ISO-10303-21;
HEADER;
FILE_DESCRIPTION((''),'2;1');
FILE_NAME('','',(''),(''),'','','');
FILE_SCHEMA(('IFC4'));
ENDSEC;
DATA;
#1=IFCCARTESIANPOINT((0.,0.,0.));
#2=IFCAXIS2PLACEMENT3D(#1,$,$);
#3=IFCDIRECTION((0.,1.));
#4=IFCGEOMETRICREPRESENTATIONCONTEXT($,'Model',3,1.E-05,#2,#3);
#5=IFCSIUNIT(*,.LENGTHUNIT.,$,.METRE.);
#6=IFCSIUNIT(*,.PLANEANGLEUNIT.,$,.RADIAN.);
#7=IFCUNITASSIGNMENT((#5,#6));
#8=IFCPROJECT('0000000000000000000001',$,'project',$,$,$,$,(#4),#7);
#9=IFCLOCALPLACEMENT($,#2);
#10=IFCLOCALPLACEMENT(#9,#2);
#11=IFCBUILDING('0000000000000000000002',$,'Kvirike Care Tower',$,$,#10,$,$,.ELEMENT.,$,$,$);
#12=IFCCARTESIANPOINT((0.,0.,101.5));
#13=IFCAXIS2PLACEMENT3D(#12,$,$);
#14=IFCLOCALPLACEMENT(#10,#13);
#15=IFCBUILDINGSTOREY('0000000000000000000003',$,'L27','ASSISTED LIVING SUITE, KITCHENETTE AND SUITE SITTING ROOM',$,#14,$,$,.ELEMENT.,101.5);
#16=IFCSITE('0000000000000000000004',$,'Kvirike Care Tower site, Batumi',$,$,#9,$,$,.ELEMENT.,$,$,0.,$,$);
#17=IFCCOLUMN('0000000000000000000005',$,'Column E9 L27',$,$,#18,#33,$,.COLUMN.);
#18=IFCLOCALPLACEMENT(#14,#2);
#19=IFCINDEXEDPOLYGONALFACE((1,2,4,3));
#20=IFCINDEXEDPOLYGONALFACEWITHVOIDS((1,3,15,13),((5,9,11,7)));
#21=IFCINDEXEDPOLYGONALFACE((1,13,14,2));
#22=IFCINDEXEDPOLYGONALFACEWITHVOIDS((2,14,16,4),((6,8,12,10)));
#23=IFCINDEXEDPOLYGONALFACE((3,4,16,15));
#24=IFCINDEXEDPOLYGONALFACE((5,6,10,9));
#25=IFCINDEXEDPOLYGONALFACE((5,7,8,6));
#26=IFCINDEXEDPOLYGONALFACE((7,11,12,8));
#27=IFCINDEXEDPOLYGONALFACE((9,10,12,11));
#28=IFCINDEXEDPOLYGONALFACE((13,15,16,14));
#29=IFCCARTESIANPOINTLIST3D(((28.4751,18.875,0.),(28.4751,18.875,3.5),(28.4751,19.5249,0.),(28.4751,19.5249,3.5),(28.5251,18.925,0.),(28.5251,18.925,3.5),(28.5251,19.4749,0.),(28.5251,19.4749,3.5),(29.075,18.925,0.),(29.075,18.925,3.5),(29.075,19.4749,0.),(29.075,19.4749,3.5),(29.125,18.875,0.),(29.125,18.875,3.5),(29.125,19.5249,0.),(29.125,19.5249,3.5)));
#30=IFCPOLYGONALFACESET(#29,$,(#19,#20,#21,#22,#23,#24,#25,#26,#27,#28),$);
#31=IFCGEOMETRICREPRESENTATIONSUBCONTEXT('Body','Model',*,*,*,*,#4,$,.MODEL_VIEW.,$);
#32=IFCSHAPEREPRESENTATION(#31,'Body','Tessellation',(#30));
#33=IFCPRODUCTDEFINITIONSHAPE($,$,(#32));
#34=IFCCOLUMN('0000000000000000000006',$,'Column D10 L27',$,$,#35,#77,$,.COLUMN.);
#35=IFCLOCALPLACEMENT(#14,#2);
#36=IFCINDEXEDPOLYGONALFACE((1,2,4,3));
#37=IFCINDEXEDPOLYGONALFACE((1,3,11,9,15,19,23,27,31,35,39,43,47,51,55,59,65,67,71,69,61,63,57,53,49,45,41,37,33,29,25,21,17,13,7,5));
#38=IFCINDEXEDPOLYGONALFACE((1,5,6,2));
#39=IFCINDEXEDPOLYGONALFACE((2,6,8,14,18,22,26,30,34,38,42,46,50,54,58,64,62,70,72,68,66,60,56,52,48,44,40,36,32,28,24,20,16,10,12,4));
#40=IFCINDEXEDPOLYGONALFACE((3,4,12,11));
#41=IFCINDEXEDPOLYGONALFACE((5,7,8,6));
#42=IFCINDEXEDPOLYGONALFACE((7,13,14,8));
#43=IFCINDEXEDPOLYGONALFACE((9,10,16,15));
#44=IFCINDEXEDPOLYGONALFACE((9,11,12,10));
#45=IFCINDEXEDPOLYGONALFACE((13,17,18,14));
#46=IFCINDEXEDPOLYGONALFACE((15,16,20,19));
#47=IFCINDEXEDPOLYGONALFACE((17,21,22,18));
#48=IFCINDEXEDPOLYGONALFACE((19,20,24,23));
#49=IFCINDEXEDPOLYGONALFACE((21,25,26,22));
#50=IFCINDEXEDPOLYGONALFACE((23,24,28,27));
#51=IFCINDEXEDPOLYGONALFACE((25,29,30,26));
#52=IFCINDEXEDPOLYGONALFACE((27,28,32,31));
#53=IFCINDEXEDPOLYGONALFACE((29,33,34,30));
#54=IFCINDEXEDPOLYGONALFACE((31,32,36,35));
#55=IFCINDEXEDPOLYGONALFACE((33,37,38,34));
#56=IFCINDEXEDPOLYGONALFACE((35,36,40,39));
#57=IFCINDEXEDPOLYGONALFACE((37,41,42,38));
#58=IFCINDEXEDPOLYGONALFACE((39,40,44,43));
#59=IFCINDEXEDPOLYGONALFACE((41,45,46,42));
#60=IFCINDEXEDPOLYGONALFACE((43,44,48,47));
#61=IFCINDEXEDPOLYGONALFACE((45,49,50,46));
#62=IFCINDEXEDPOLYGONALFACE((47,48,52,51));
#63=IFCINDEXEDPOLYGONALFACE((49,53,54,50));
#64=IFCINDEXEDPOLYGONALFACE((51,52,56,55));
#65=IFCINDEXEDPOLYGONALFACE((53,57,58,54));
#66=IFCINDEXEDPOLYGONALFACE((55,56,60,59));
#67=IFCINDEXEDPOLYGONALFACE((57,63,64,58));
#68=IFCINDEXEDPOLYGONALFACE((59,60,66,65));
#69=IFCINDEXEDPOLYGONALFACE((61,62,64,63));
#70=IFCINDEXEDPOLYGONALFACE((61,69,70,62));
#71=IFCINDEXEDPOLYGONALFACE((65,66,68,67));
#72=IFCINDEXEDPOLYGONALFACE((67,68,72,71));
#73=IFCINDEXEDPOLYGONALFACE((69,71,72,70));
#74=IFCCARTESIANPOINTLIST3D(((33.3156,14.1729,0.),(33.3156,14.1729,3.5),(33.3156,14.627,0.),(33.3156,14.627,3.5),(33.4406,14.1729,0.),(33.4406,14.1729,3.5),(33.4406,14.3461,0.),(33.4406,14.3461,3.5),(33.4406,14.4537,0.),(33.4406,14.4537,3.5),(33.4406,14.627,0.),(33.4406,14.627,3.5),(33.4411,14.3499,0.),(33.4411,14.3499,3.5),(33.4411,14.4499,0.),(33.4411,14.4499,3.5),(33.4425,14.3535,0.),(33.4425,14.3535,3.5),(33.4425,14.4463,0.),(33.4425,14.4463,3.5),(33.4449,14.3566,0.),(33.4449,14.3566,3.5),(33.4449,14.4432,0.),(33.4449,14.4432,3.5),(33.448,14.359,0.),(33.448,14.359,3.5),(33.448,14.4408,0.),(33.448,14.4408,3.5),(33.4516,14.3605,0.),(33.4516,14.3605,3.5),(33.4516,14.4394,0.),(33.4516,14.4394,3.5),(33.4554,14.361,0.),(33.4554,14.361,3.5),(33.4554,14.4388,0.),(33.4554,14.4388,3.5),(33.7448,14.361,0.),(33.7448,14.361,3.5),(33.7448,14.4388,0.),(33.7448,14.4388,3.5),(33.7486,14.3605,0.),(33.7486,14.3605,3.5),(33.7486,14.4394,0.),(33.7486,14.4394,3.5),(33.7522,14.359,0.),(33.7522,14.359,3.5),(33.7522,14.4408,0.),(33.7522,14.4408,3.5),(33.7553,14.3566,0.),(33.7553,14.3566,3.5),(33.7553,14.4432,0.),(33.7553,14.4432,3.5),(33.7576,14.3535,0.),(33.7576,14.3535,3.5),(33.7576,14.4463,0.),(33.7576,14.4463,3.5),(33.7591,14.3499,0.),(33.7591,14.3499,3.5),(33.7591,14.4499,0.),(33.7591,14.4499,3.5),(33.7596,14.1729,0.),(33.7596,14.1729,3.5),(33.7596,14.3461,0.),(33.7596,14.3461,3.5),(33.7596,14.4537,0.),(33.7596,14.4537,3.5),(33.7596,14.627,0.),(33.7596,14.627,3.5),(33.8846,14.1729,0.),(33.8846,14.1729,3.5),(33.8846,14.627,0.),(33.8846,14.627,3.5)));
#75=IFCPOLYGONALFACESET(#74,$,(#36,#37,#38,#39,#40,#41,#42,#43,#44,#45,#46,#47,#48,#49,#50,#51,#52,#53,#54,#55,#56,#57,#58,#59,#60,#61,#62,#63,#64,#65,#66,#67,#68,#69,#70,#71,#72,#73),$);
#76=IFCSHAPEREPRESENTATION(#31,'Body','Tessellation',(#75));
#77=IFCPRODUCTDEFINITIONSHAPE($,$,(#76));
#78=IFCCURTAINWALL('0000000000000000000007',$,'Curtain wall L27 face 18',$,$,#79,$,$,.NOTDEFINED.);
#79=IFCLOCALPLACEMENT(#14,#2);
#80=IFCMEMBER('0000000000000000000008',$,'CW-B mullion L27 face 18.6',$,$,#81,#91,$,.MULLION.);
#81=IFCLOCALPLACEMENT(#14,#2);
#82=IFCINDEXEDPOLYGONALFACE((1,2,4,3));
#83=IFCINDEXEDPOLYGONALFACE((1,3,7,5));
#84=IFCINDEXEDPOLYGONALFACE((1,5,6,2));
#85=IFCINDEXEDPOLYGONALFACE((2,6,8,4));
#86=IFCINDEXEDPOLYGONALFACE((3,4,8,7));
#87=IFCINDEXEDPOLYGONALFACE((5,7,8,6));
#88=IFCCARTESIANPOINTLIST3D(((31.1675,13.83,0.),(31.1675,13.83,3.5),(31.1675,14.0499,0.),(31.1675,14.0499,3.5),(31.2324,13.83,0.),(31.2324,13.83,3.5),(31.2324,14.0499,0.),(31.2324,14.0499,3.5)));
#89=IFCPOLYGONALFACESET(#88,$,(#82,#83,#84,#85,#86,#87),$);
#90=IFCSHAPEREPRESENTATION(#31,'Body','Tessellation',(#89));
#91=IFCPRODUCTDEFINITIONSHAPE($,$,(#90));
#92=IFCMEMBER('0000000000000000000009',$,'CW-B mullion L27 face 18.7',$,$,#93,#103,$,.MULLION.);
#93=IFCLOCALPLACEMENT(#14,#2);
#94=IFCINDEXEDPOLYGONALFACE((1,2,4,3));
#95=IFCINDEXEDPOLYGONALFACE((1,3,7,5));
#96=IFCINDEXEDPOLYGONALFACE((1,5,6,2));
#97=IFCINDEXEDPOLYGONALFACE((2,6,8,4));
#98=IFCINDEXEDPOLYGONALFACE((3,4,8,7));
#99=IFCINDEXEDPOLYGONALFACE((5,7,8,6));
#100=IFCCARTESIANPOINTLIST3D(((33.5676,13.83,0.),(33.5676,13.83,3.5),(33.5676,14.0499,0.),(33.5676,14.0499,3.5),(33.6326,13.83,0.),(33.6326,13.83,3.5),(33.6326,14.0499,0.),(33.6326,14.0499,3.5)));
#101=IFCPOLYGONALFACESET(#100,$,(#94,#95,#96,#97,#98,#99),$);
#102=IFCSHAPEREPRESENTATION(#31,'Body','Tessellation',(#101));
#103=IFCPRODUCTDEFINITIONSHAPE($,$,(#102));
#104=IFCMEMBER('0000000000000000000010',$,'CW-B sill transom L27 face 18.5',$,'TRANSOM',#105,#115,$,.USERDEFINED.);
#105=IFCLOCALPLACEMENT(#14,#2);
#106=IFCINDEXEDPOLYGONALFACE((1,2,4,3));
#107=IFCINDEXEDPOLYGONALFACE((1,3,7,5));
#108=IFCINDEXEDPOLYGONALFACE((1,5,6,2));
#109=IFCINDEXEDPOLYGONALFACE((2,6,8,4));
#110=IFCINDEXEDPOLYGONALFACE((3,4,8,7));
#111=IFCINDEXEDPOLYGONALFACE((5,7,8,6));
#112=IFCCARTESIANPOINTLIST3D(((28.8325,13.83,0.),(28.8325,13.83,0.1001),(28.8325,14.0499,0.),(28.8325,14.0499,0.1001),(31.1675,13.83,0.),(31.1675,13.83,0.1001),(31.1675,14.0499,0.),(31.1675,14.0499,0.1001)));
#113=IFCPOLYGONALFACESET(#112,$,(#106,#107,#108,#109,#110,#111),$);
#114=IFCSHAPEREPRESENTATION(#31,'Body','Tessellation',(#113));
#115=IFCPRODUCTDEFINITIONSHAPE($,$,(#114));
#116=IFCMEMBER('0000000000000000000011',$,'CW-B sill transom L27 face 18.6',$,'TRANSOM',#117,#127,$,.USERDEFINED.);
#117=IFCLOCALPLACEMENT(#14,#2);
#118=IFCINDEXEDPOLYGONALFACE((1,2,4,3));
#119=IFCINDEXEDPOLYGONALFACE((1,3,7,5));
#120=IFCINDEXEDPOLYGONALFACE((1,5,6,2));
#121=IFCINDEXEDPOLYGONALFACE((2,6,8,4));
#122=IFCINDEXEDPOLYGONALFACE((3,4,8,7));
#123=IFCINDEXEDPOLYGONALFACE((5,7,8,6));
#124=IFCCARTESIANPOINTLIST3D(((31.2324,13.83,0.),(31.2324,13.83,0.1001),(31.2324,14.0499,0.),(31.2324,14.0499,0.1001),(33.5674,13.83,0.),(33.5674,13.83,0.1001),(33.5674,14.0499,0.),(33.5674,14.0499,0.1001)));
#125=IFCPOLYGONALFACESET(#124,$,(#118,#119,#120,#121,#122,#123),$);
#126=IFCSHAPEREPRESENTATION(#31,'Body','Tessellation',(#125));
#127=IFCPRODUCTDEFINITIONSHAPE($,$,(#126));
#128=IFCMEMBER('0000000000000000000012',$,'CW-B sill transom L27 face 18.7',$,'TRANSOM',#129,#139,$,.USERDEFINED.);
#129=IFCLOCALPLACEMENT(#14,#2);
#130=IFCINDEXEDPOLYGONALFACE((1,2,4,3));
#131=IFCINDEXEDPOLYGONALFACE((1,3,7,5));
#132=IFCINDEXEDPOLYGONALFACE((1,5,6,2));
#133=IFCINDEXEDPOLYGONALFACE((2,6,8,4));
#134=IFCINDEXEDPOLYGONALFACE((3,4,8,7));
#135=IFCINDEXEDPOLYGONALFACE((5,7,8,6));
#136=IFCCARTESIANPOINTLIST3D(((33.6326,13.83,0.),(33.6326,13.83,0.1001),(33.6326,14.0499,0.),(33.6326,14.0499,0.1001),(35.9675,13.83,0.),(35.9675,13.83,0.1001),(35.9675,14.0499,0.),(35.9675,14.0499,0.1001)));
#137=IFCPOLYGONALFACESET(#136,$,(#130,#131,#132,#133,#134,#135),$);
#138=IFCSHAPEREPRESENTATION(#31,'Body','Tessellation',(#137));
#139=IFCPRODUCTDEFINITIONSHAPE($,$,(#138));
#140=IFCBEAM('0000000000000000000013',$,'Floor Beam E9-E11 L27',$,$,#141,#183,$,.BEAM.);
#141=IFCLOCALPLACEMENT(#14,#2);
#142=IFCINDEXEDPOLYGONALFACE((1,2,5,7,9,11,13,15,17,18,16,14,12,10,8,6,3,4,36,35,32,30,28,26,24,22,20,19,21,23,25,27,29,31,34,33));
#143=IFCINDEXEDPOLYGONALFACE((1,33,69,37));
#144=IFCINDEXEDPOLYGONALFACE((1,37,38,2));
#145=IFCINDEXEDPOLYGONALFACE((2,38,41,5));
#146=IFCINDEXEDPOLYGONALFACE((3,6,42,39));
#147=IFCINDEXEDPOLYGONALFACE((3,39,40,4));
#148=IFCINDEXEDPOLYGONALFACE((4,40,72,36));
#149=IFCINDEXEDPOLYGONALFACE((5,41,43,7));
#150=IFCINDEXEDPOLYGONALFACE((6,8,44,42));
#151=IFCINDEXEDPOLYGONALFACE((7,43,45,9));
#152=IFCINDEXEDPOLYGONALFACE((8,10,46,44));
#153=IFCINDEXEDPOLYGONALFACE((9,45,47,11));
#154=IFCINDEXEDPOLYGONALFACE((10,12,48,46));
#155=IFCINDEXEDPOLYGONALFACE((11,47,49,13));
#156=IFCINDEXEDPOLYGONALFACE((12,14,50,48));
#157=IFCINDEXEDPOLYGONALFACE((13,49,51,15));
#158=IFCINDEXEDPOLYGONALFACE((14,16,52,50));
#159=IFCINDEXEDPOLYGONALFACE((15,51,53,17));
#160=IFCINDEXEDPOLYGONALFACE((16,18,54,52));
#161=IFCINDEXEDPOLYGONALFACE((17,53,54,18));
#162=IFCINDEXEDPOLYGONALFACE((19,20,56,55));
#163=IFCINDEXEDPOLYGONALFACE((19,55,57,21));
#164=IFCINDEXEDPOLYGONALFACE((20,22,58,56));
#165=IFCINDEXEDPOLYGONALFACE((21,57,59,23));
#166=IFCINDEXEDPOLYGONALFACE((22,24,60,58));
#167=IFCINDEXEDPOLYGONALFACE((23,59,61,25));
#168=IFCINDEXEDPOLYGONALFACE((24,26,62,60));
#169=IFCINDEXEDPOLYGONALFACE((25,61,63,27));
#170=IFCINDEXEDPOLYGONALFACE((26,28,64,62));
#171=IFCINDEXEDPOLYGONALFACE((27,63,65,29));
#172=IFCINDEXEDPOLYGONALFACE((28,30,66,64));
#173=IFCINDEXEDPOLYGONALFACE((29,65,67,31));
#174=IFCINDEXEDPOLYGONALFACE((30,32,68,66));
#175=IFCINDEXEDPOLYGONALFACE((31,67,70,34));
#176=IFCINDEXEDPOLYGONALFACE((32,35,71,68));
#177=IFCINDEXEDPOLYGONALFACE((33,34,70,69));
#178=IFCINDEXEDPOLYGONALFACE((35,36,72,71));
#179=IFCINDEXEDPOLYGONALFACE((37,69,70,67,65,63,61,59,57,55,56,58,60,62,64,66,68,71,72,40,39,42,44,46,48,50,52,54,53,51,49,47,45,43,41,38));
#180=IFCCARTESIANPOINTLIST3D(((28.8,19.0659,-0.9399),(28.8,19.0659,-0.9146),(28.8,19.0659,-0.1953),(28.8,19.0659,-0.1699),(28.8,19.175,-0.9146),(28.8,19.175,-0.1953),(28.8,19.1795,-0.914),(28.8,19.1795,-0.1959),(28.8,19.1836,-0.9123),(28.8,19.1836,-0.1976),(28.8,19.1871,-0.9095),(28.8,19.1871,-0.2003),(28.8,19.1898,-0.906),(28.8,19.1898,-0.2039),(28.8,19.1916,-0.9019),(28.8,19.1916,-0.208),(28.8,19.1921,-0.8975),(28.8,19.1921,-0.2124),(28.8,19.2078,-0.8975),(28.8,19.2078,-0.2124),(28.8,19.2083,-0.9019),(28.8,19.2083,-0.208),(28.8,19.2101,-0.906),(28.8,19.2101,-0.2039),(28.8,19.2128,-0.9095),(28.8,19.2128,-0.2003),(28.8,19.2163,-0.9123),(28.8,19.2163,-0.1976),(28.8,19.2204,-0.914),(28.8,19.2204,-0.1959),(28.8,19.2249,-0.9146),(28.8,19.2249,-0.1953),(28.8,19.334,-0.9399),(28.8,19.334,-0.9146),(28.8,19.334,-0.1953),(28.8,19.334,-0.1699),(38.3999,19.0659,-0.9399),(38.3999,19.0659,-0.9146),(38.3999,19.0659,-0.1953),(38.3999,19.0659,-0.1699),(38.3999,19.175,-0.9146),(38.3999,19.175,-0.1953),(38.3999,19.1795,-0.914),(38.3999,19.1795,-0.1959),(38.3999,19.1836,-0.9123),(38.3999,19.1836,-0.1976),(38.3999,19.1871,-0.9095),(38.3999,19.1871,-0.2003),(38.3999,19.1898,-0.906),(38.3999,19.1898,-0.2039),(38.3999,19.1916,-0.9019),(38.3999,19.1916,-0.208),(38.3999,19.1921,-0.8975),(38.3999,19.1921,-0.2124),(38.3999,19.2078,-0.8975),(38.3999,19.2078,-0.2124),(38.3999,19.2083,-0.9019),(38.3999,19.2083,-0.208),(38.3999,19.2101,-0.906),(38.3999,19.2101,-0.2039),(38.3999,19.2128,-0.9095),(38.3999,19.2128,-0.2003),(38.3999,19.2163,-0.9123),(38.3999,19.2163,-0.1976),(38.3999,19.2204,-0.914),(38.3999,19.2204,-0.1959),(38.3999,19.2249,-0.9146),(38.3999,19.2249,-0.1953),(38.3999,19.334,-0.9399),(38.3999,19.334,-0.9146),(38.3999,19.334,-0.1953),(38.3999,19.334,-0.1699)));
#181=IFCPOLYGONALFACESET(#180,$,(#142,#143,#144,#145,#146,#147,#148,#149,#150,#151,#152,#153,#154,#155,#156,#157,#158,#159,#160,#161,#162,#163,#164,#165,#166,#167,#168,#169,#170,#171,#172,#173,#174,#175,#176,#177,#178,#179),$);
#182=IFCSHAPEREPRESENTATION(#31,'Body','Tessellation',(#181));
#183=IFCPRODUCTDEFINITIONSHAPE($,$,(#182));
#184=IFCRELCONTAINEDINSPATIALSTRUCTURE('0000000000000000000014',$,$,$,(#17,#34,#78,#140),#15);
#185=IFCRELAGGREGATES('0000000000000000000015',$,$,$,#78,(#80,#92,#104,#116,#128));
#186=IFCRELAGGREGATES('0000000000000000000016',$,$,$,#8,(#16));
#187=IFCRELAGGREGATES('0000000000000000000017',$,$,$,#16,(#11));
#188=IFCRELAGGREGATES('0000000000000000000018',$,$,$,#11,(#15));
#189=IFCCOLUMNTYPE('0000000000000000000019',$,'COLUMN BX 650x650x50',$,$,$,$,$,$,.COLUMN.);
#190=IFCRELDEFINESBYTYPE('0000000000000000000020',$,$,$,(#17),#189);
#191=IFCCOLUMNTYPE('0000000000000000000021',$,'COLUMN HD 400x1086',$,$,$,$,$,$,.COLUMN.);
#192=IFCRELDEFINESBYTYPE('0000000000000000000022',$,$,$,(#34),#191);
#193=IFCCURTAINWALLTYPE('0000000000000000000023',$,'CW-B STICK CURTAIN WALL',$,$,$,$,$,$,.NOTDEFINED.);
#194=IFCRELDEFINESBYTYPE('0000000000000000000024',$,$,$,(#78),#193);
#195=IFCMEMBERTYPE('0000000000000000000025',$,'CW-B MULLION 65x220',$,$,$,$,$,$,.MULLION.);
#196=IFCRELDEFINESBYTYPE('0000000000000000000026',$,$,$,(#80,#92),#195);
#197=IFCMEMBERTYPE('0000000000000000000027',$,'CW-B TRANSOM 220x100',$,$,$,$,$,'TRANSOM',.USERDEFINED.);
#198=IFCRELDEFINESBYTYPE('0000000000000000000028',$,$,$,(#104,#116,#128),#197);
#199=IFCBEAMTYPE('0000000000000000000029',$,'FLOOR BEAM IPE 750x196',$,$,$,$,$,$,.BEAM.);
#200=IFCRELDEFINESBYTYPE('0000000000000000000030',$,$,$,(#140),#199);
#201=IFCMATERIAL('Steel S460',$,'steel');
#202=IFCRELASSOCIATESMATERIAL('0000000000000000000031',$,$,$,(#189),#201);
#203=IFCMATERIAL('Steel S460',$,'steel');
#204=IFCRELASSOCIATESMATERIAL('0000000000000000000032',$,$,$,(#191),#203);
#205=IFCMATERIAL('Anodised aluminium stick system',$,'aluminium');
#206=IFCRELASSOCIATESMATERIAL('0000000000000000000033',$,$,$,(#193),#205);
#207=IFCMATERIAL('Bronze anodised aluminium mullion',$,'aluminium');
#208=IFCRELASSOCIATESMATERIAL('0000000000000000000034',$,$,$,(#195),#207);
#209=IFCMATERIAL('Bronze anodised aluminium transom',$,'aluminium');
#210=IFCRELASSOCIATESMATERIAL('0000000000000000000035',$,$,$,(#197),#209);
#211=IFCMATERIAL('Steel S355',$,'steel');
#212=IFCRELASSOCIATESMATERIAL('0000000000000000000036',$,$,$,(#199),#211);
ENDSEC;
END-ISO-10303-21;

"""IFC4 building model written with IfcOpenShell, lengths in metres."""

from ifc_helpers import new_model, si_unit, direction, frame, origin, origin_2d, place, context, subcontext, project, spatial, rectangle, hollow_rectangle, i_section, extrude, material, material_profile, profile_set, type_object, element, aggregate, save


model = new_model("IFC4")

# Units and contexts
model_context = context("Model", 3, precision=1e-05, world=origin(), true_north=direction((0.0, 1.0)))
body_context = subcontext(model_context, "Body", "Model", "MODEL_VIEW")
ifc_project = project(units=[si_unit("LENGTHUNIT", "METRE"), si_unit("PLANEANGLEUNIT", "RADIAN")], contexts=[model_context])

# Site, building, storey
site_placement = place(None, origin())
site = spatial("IfcSite", under=ifc_project, at=site_placement, Name="Kvirike Care Tower site, Batumi", CompositionType="ELEMENT", RefElevation=0.0)
building_placement = place(site_placement, origin())
building = spatial("IfcBuilding", under=site, at=building_placement, Name="Kvirike Care Tower", CompositionType="ELEMENT")
storey_placement = place(building_placement, frame((0.0, 0.0, 101.5)))
storey = spatial("IfcBuildingStorey", under=building, at=storey_placement, Name="L27", Description="ASSISTED LIVING SUITE, KITCHENETTE AND SUITE SITTING ROOM", CompositionType="ELEMENT", Elevation=101.5)

# Columns
ifc_material_1 = material(Name="Steel S460", Category="steel")
ifc_material_profile_1 = material_profile(ifc_material_1, hollow_rectangle(XDim=0.6499, YDim=0.6499, WallThickness=0.05, at=origin_2d()), Name="BX 650x650x50")
ifc_profile_set_1 = profile_set([ifc_material_profile_1], Name="Steel S460")
column_type_1 = type_object("IfcColumnType", Name="COLUMN BX 650x650x50", PredefinedType="COLUMN", material=ifc_profile_set_1)
column_1_placement = place(storey_placement, frame((28.8, 19.2, 0.0), z_axis=(0.0, 0.0, 1.0), x_axis=(1.0, 0.0, 0.0)))
element("IfcColumn", 1, at=column_1_placement, inside=storey, type_object=column_type_1, Name="Column E9 L27", PredefinedType="COLUMN", context=body_context, shape_type="SweptSolid", body=[
    extrude(hollow_rectangle(XDim=0.6499, YDim=0.6499, WallThickness=0.05, at=origin_2d()), origin(), (0.0, 0.0, 1.0), 3.5),
])
ifc_material_2 = material(Name="Steel S460", Category="steel")
ifc_material_profile_2 = material_profile(ifc_material_2, i_section(OverallWidth=0.4541, OverallDepth=0.5691, WebThickness=0.0779, FlangeThickness=0.125, FilletRadius=0.0149, at=origin_2d()), Name="HD 400x1086")
ifc_profile_set_2 = profile_set([ifc_material_profile_2], Name="Steel S460")
column_type_2 = type_object("IfcColumnType", Name="COLUMN HD 400x1086", PredefinedType="COLUMN", material=ifc_profile_set_2)
column_2_placement = place(storey_placement, frame((33.6001, 14.3999, 0.0), z_axis=(0.0, 0.0, 1.0), x_axis=(0.0, 1.0, 0.0)))
element("IfcColumn", 2, at=column_2_placement, inside=storey, type_object=column_type_2, Name="Column D10 L27", PredefinedType="COLUMN", context=body_context, shape_type="SweptSolid", body=[
    extrude(i_section(OverallWidth=0.4541, OverallDepth=0.5691, WebThickness=0.0779, FlangeThickness=0.125, FilletRadius=0.0149, at=origin_2d()), origin(), (0.0, 0.0, 1.0), 3.5),
])

# Curtain wall, members
ifc_material_3 = material(Name="Anodised aluminium stick system", Category="aluminium")
curtain_wall_type = type_object("IfcCurtainWallType", Name="CW-B STICK CURTAIN WALL", PredefinedType="NOTDEFINED", material=ifc_material_3)
curtain_wall_placement = place(storey_placement, origin())
curtain_wall = element("IfcCurtainWall", 3, at=curtain_wall_placement, inside=storey, type_object=curtain_wall_type, Name="Curtain wall L27 face 18", PredefinedType="NOTDEFINED")
ifc_material_4 = material(Name="Bronze anodised aluminium mullion", Category="aluminium")
ifc_material_profile_3 = material_profile(ifc_material_4, rectangle(XDim=0.0649, YDim=0.22, at=origin_2d()), Name="CW-B MULLION 65x220")
ifc_profile_set_3 = profile_set([ifc_material_profile_3], Name="Bronze anodised aluminium mullion")
member_type_1 = type_object("IfcMemberType", Name="CW-B MULLION 65x220", PredefinedType="MULLION", material=ifc_profile_set_3)
member_1_placement = place(storey_placement, frame((31.2, 13.9399, 0.0), z_axis=(0.0, 0.0, 1.0), x_axis=(1.0, 0.0, 0.0)))
member_1 = element("IfcMember", 4, at=member_1_placement, type_object=member_type_1, Name="CW-B mullion L27 face 18.6", PredefinedType="MULLION", context=body_context, shape_type="SweptSolid", body=[
    extrude(rectangle(XDim=0.0649, YDim=0.22, at=origin_2d()), origin(), (0.0, 0.0, 1.0), 3.5),
])
member_2_placement = place(storey_placement, frame((33.6001, 13.9399, 0.0), z_axis=(0.0, 0.0, 1.0), x_axis=(1.0, 0.0, 0.0)))
member_2 = element("IfcMember", 5, at=member_2_placement, type_object=member_type_1, Name="CW-B mullion L27 face 18.7", PredefinedType="MULLION", context=body_context, shape_type="SweptSolid", body=[
    extrude(rectangle(XDim=0.0649, YDim=0.22, at=origin_2d()), origin(), (0.0, 0.0, 1.0), 3.5),
])
ifc_material_5 = material(Name="Bronze anodised aluminium transom", Category="aluminium")
ifc_material_profile_4 = material_profile(ifc_material_5, rectangle(XDim=0.22, YDim=0.1001, at=origin_2d()), Name="CW-B TRANSOM 220x100")
ifc_profile_set_4 = profile_set([ifc_material_profile_4], Name="Bronze anodised aluminium transom")
member_type_2 = type_object("IfcMemberType", Name="CW-B TRANSOM 220x100", ElementType="TRANSOM", PredefinedType="USERDEFINED", material=ifc_profile_set_4)
member_3_placement = place(storey_placement, frame((28.8325, 13.9399, 0.05), z_axis=(1.0, 0.0, 0.0), x_axis=(0.0, 1.0, 0.0)))
member_3 = element("IfcMember", 6, at=member_3_placement, type_object=member_type_2, Name="CW-B sill transom L27 face 18.5", ObjectType="TRANSOM", PredefinedType="USERDEFINED", context=body_context, shape_type="SweptSolid", body=[
    extrude(rectangle(XDim=0.22, YDim=0.1001, at=origin_2d()), origin(), (0.0, 0.0, 1.0), 2.335),
])
member_4_placement = place(storey_placement, frame((31.2324, 13.9399, 0.05), z_axis=(1.0, 0.0, 0.0), x_axis=(0.0, 1.0, 0.0)))
member_4 = element("IfcMember", 7, at=member_4_placement, type_object=member_type_2, Name="CW-B sill transom L27 face 18.6", ObjectType="TRANSOM", PredefinedType="USERDEFINED", context=body_context, shape_type="SweptSolid", body=[
    extrude(rectangle(XDim=0.22, YDim=0.1001, at=origin_2d()), origin(), (0.0, 0.0, 1.0), 2.335),
])
member_5_placement = place(storey_placement, frame((33.6326, 13.9399, 0.05), z_axis=(1.0, 0.0, 0.0), x_axis=(0.0, 1.0, 0.0)))
member_5 = element("IfcMember", 8, at=member_5_placement, type_object=member_type_2, Name="CW-B sill transom L27 face 18.7", ObjectType="TRANSOM", PredefinedType="USERDEFINED", context=body_context, shape_type="SweptSolid", body=[
    extrude(rectangle(XDim=0.22, YDim=0.1001, at=origin_2d()), origin(), (0.0, 0.0, 1.0), 2.335),
])

# Beam
ifc_material_6 = material(Name="Steel S355", Category="steel")
ifc_material_profile_5 = material_profile(ifc_material_6, i_section(OverallWidth=0.2681, OverallDepth=0.77, WebThickness=0.0156, FlangeThickness=0.0254, FilletRadius=0.0171, at=origin_2d()), Name="IPE 750x196")
ifc_profile_set_5 = profile_set([ifc_material_profile_5], Name="Steel S355")
beam_type_1 = type_object("IfcBeamType", Name="FLOOR BEAM IPE 750x196", PredefinedType="BEAM", material=ifc_profile_set_5)
beam_1_placement = place(storey_placement, frame((28.8, 19.2, -0.5549), z_axis=(1.0, 0.0, 0.0), x_axis=(0.0, 1.0, 0.0)))
element("IfcBeam", 9, at=beam_1_placement, inside=storey, type_object=beam_type_1, Name="Floor Beam E9-E11 L27", PredefinedType="BEAM", context=body_context, shape_type="SweptSolid", body=[
    extrude(i_section(OverallWidth=0.2681, OverallDepth=0.77, WebThickness=0.0156, FlangeThickness=0.0254, FilletRadius=0.0171, at=origin_2d()), origin(), (0.0, 0.0, 1.0), 9.5999),
])

aggregate(curtain_wall, [member_1, member_2, member_3, member_4, member_5])

save(model, "model.ifc")
